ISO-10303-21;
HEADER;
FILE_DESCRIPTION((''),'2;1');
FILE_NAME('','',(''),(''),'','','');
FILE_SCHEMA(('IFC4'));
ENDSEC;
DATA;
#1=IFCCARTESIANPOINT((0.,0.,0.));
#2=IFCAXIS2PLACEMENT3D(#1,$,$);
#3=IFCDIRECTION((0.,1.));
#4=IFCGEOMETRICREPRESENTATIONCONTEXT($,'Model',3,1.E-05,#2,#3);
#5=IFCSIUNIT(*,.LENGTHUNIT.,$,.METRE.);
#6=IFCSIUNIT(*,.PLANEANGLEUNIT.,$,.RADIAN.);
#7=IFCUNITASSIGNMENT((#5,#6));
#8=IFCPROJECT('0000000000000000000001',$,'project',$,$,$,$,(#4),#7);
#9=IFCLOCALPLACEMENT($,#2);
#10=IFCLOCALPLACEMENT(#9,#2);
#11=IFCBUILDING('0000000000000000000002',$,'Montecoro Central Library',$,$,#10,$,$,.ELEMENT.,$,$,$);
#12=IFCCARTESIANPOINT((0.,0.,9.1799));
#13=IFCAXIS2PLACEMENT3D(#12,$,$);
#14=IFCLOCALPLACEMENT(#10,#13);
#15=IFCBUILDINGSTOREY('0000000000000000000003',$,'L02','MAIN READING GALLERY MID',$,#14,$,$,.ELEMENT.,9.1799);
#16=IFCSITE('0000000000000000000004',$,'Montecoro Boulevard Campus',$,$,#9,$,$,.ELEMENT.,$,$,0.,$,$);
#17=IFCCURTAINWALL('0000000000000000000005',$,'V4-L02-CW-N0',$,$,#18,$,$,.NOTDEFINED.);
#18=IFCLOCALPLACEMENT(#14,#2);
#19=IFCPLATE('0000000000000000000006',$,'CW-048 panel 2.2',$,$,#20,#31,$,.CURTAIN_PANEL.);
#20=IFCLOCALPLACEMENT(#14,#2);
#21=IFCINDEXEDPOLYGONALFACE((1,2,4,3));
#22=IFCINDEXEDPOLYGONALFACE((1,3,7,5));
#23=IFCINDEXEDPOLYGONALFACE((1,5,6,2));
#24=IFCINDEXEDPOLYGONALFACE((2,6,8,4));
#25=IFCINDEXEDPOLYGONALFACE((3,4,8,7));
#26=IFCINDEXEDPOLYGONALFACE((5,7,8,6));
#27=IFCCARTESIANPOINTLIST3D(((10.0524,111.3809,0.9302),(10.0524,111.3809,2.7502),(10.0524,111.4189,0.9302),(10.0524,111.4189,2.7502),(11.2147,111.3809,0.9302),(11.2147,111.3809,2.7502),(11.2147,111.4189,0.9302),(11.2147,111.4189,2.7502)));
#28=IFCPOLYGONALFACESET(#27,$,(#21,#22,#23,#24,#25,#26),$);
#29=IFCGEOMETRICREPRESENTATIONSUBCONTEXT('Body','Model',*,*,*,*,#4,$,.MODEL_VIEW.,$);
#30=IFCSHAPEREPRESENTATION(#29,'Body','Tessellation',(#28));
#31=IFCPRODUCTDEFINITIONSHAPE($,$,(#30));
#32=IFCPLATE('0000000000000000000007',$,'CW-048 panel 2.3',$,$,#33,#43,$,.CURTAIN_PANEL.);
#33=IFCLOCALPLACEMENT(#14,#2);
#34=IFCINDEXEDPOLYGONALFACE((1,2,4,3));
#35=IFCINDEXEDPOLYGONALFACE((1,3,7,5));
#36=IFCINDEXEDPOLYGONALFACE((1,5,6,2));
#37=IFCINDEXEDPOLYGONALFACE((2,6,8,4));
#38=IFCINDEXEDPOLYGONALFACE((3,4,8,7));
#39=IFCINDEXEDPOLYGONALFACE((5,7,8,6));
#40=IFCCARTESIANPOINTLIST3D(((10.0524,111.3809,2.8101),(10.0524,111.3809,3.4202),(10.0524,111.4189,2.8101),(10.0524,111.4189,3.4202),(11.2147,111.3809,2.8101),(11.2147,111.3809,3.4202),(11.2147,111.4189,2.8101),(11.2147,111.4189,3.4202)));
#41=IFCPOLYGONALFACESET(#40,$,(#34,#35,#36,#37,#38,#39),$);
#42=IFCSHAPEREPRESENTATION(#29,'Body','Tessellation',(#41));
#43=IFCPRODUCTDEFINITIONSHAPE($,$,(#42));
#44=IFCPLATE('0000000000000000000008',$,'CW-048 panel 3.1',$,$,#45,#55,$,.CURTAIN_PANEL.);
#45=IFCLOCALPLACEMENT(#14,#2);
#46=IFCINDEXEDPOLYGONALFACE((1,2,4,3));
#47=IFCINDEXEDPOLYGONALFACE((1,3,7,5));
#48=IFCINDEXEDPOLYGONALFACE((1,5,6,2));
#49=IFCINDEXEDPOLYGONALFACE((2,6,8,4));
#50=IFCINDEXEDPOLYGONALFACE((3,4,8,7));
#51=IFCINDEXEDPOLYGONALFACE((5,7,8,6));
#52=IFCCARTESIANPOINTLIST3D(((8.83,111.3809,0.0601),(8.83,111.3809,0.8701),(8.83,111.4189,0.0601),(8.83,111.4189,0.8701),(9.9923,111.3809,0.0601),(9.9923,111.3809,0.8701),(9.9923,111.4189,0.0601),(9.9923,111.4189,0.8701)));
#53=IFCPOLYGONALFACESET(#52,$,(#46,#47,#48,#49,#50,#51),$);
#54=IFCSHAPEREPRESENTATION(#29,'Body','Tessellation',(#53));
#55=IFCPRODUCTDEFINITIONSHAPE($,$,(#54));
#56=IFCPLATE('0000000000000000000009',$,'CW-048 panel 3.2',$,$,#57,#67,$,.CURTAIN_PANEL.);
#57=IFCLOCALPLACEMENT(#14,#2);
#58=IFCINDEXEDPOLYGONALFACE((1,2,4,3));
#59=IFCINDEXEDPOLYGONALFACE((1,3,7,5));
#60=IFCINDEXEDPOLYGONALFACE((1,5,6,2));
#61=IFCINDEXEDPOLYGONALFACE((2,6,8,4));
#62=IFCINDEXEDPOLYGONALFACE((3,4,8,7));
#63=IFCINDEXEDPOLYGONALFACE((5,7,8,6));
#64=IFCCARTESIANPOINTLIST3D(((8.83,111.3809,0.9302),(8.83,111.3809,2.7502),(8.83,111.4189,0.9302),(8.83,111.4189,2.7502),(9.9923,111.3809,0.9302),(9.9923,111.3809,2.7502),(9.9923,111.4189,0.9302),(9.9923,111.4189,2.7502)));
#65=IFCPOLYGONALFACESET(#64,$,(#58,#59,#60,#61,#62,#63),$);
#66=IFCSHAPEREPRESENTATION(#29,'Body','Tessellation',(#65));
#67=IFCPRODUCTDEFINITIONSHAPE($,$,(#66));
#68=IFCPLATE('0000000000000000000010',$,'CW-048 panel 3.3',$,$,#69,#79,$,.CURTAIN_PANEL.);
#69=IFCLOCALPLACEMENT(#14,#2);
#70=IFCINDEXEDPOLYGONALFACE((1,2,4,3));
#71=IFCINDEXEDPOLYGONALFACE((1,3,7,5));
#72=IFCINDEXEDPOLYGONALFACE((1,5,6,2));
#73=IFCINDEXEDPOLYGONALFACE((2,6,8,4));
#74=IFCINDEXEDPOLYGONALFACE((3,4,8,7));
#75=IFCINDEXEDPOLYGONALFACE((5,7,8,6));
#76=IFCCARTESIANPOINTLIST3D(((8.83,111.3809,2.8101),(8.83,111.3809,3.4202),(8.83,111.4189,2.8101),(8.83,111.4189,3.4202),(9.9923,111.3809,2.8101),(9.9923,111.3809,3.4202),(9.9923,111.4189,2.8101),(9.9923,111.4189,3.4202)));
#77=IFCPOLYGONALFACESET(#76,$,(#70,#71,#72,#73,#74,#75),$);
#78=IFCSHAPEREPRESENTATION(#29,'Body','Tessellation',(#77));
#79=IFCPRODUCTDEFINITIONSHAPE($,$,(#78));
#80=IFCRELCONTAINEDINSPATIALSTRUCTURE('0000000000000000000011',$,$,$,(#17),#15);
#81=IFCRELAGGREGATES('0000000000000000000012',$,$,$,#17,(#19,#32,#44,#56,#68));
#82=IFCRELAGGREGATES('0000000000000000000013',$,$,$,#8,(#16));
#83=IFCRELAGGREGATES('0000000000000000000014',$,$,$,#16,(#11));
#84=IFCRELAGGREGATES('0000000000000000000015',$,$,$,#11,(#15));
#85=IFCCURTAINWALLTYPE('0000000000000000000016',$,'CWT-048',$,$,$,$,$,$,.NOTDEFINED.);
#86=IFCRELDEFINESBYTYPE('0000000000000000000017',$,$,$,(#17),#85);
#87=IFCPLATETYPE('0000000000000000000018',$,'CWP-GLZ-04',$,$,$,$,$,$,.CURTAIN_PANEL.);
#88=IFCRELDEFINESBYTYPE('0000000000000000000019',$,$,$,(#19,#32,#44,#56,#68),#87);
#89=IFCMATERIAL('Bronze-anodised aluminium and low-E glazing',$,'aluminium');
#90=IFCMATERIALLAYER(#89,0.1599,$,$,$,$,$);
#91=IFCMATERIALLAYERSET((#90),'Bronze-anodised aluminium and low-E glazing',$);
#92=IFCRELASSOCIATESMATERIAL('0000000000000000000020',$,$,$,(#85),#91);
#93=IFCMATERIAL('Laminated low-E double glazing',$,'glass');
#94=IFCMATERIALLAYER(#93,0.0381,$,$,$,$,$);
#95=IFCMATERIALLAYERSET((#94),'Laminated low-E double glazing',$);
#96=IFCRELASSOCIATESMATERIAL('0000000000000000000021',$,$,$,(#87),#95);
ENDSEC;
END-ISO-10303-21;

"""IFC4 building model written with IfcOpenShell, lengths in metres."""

from ifc_helpers import new_model, si_unit, direction, frame, origin, origin_2d, place, context, subcontext, project, spatial, rectangle, extrude, material, layer, layer_set, type_object, element, aggregate, save


model = new_model("IFC4")

# Units and contexts
model_context = context("Model", 3, precision=1e-05, world=origin(), true_north=direction((0.0, 1.0)))
body_context = subcontext(model_context, "Body", "Model", "MODEL_VIEW")
ifc_project = project(units=[si_unit("LENGTHUNIT", "METRE"), si_unit("PLANEANGLEUNIT", "RADIAN")], contexts=[model_context])

# Site, building, storey
site_placement = place(None, origin())
site = spatial("IfcSite", under=ifc_project, at=site_placement, Name="Montecoro Boulevard Campus", CompositionType="ELEMENT", RefElevation=0.0)
building_placement = place(site_placement, origin())
building = spatial("IfcBuilding", under=site, at=building_placement, Name="Montecoro Central Library", CompositionType="ELEMENT")
storey_placement = place(building_placement, frame((0.0, 0.0, 9.1799)))
storey = spatial("IfcBuildingStorey", under=building, at=storey_placement, Name="L02", Description="MAIN READING GALLERY MID", CompositionType="ELEMENT", Elevation=9.1799)

# Curtain wall, plates
ifc_material_1 = material(Name="Bronze-anodised aluminium and low-E glazing", Category="aluminium")
ifc_layer_1 = layer(ifc_material_1, 0.1599)
ifc_layer_set_1 = layer_set([ifc_layer_1], Name="Bronze-anodised aluminium and low-E glazing")
curtain_wall_type = type_object("IfcCurtainWallType", Name="CWT-048", PredefinedType="NOTDEFINED", material=ifc_layer_set_1)
curtain_wall_placement = place(storey_placement, origin())
curtain_wall = element("IfcCurtainWall", 1, at=curtain_wall_placement, inside=storey, type_object=curtain_wall_type, Name="V4-L02-CW-N0", PredefinedType="NOTDEFINED")
ifc_material_2 = material(Name="Laminated low-E double glazing", Category="glass")
ifc_layer_2 = layer(ifc_material_2, 0.0381)
ifc_layer_set_2 = layer_set([ifc_layer_2], Name="Laminated low-E double glazing")
plate_type = type_object("IfcPlateType", Name="CWP-GLZ-04", PredefinedType="CURTAIN_PANEL", material=ifc_layer_set_2)
plate_1_placement = place(storey_placement, frame((10.6335, 111.3999, 0.9302), z_axis=(0.0, 0.0, 1.0), x_axis=(-1.0, 0.0, 0.0)))
plate_1 = element("IfcPlate", 2, at=plate_1_placement, type_object=plate_type, Name="CW-048 panel 2.2", PredefinedType="CURTAIN_PANEL", context=body_context, shape_type="SweptSolid", body=[
    extrude(rectangle(XDim=1.1624, YDim=0.0381, at=origin_2d()), origin(), (0.0, 0.0, 1.0), 1.8201),
])
plate_2_placement = place(storey_placement, frame((10.6335, 111.3999, 2.8101), z_axis=(0.0, 0.0, 1.0), x_axis=(-1.0, 0.0, 0.0)))
plate_2 = element("IfcPlate", 3, at=plate_2_placement, type_object=plate_type, Name="CW-048 panel 2.3", PredefinedType="CURTAIN_PANEL", context=body_context, shape_type="SweptSolid", body=[
    extrude(rectangle(XDim=1.1624, YDim=0.0381, at=origin_2d()), origin(), (0.0, 0.0, 1.0), 0.6101),
])
plate_3_placement = place(storey_placement, frame((9.4111, 111.3999, 0.0601), z_axis=(0.0, 0.0, 1.0), x_axis=(-1.0, 0.0, 0.0)))
plate_3 = element("IfcPlate", 4, at=plate_3_placement, type_object=plate_type, Name="CW-048 panel 3.1", PredefinedType="CURTAIN_PANEL", context=body_context, shape_type="SweptSolid", body=[
    extrude(rectangle(XDim=1.1624, YDim=0.0381, at=origin_2d()), origin(), (0.0, 0.0, 1.0), 0.8101),
])
plate_4_placement = place(storey_placement, frame((9.4111, 111.3999, 0.9302), z_axis=(0.0, 0.0, 1.0), x_axis=(-1.0, 0.0, 0.0)))
plate_4 = element("IfcPlate", 5, at=plate_4_placement, type_object=plate_type, Name="CW-048 panel 3.2", PredefinedType="CURTAIN_PANEL", context=body_context, shape_type="SweptSolid", body=[
    extrude(rectangle(XDim=1.1624, YDim=0.0381, at=origin_2d()), origin(), (0.0, 0.0, 1.0), 1.8201),
])
plate_5_placement = place(storey_placement, frame((9.4111, 111.3999, 2.8101), z_axis=(0.0, 0.0, 1.0), x_axis=(-1.0, 0.0, 0.0)))
plate_5 = element("IfcPlate", 6, at=plate_5_placement, type_object=plate_type, Name="CW-048 panel 3.3", PredefinedType="CURTAIN_PANEL", context=body_context, shape_type="SweptSolid", body=[
    extrude(rectangle(XDim=1.1624, YDim=0.0381, at=origin_2d()), origin(), (0.0, 0.0, 1.0), 0.6101),
])
aggregate(curtain_wall, [plate_1, plate_2, plate_3, plate_4, plate_5])

save(model, "model.ifc")
